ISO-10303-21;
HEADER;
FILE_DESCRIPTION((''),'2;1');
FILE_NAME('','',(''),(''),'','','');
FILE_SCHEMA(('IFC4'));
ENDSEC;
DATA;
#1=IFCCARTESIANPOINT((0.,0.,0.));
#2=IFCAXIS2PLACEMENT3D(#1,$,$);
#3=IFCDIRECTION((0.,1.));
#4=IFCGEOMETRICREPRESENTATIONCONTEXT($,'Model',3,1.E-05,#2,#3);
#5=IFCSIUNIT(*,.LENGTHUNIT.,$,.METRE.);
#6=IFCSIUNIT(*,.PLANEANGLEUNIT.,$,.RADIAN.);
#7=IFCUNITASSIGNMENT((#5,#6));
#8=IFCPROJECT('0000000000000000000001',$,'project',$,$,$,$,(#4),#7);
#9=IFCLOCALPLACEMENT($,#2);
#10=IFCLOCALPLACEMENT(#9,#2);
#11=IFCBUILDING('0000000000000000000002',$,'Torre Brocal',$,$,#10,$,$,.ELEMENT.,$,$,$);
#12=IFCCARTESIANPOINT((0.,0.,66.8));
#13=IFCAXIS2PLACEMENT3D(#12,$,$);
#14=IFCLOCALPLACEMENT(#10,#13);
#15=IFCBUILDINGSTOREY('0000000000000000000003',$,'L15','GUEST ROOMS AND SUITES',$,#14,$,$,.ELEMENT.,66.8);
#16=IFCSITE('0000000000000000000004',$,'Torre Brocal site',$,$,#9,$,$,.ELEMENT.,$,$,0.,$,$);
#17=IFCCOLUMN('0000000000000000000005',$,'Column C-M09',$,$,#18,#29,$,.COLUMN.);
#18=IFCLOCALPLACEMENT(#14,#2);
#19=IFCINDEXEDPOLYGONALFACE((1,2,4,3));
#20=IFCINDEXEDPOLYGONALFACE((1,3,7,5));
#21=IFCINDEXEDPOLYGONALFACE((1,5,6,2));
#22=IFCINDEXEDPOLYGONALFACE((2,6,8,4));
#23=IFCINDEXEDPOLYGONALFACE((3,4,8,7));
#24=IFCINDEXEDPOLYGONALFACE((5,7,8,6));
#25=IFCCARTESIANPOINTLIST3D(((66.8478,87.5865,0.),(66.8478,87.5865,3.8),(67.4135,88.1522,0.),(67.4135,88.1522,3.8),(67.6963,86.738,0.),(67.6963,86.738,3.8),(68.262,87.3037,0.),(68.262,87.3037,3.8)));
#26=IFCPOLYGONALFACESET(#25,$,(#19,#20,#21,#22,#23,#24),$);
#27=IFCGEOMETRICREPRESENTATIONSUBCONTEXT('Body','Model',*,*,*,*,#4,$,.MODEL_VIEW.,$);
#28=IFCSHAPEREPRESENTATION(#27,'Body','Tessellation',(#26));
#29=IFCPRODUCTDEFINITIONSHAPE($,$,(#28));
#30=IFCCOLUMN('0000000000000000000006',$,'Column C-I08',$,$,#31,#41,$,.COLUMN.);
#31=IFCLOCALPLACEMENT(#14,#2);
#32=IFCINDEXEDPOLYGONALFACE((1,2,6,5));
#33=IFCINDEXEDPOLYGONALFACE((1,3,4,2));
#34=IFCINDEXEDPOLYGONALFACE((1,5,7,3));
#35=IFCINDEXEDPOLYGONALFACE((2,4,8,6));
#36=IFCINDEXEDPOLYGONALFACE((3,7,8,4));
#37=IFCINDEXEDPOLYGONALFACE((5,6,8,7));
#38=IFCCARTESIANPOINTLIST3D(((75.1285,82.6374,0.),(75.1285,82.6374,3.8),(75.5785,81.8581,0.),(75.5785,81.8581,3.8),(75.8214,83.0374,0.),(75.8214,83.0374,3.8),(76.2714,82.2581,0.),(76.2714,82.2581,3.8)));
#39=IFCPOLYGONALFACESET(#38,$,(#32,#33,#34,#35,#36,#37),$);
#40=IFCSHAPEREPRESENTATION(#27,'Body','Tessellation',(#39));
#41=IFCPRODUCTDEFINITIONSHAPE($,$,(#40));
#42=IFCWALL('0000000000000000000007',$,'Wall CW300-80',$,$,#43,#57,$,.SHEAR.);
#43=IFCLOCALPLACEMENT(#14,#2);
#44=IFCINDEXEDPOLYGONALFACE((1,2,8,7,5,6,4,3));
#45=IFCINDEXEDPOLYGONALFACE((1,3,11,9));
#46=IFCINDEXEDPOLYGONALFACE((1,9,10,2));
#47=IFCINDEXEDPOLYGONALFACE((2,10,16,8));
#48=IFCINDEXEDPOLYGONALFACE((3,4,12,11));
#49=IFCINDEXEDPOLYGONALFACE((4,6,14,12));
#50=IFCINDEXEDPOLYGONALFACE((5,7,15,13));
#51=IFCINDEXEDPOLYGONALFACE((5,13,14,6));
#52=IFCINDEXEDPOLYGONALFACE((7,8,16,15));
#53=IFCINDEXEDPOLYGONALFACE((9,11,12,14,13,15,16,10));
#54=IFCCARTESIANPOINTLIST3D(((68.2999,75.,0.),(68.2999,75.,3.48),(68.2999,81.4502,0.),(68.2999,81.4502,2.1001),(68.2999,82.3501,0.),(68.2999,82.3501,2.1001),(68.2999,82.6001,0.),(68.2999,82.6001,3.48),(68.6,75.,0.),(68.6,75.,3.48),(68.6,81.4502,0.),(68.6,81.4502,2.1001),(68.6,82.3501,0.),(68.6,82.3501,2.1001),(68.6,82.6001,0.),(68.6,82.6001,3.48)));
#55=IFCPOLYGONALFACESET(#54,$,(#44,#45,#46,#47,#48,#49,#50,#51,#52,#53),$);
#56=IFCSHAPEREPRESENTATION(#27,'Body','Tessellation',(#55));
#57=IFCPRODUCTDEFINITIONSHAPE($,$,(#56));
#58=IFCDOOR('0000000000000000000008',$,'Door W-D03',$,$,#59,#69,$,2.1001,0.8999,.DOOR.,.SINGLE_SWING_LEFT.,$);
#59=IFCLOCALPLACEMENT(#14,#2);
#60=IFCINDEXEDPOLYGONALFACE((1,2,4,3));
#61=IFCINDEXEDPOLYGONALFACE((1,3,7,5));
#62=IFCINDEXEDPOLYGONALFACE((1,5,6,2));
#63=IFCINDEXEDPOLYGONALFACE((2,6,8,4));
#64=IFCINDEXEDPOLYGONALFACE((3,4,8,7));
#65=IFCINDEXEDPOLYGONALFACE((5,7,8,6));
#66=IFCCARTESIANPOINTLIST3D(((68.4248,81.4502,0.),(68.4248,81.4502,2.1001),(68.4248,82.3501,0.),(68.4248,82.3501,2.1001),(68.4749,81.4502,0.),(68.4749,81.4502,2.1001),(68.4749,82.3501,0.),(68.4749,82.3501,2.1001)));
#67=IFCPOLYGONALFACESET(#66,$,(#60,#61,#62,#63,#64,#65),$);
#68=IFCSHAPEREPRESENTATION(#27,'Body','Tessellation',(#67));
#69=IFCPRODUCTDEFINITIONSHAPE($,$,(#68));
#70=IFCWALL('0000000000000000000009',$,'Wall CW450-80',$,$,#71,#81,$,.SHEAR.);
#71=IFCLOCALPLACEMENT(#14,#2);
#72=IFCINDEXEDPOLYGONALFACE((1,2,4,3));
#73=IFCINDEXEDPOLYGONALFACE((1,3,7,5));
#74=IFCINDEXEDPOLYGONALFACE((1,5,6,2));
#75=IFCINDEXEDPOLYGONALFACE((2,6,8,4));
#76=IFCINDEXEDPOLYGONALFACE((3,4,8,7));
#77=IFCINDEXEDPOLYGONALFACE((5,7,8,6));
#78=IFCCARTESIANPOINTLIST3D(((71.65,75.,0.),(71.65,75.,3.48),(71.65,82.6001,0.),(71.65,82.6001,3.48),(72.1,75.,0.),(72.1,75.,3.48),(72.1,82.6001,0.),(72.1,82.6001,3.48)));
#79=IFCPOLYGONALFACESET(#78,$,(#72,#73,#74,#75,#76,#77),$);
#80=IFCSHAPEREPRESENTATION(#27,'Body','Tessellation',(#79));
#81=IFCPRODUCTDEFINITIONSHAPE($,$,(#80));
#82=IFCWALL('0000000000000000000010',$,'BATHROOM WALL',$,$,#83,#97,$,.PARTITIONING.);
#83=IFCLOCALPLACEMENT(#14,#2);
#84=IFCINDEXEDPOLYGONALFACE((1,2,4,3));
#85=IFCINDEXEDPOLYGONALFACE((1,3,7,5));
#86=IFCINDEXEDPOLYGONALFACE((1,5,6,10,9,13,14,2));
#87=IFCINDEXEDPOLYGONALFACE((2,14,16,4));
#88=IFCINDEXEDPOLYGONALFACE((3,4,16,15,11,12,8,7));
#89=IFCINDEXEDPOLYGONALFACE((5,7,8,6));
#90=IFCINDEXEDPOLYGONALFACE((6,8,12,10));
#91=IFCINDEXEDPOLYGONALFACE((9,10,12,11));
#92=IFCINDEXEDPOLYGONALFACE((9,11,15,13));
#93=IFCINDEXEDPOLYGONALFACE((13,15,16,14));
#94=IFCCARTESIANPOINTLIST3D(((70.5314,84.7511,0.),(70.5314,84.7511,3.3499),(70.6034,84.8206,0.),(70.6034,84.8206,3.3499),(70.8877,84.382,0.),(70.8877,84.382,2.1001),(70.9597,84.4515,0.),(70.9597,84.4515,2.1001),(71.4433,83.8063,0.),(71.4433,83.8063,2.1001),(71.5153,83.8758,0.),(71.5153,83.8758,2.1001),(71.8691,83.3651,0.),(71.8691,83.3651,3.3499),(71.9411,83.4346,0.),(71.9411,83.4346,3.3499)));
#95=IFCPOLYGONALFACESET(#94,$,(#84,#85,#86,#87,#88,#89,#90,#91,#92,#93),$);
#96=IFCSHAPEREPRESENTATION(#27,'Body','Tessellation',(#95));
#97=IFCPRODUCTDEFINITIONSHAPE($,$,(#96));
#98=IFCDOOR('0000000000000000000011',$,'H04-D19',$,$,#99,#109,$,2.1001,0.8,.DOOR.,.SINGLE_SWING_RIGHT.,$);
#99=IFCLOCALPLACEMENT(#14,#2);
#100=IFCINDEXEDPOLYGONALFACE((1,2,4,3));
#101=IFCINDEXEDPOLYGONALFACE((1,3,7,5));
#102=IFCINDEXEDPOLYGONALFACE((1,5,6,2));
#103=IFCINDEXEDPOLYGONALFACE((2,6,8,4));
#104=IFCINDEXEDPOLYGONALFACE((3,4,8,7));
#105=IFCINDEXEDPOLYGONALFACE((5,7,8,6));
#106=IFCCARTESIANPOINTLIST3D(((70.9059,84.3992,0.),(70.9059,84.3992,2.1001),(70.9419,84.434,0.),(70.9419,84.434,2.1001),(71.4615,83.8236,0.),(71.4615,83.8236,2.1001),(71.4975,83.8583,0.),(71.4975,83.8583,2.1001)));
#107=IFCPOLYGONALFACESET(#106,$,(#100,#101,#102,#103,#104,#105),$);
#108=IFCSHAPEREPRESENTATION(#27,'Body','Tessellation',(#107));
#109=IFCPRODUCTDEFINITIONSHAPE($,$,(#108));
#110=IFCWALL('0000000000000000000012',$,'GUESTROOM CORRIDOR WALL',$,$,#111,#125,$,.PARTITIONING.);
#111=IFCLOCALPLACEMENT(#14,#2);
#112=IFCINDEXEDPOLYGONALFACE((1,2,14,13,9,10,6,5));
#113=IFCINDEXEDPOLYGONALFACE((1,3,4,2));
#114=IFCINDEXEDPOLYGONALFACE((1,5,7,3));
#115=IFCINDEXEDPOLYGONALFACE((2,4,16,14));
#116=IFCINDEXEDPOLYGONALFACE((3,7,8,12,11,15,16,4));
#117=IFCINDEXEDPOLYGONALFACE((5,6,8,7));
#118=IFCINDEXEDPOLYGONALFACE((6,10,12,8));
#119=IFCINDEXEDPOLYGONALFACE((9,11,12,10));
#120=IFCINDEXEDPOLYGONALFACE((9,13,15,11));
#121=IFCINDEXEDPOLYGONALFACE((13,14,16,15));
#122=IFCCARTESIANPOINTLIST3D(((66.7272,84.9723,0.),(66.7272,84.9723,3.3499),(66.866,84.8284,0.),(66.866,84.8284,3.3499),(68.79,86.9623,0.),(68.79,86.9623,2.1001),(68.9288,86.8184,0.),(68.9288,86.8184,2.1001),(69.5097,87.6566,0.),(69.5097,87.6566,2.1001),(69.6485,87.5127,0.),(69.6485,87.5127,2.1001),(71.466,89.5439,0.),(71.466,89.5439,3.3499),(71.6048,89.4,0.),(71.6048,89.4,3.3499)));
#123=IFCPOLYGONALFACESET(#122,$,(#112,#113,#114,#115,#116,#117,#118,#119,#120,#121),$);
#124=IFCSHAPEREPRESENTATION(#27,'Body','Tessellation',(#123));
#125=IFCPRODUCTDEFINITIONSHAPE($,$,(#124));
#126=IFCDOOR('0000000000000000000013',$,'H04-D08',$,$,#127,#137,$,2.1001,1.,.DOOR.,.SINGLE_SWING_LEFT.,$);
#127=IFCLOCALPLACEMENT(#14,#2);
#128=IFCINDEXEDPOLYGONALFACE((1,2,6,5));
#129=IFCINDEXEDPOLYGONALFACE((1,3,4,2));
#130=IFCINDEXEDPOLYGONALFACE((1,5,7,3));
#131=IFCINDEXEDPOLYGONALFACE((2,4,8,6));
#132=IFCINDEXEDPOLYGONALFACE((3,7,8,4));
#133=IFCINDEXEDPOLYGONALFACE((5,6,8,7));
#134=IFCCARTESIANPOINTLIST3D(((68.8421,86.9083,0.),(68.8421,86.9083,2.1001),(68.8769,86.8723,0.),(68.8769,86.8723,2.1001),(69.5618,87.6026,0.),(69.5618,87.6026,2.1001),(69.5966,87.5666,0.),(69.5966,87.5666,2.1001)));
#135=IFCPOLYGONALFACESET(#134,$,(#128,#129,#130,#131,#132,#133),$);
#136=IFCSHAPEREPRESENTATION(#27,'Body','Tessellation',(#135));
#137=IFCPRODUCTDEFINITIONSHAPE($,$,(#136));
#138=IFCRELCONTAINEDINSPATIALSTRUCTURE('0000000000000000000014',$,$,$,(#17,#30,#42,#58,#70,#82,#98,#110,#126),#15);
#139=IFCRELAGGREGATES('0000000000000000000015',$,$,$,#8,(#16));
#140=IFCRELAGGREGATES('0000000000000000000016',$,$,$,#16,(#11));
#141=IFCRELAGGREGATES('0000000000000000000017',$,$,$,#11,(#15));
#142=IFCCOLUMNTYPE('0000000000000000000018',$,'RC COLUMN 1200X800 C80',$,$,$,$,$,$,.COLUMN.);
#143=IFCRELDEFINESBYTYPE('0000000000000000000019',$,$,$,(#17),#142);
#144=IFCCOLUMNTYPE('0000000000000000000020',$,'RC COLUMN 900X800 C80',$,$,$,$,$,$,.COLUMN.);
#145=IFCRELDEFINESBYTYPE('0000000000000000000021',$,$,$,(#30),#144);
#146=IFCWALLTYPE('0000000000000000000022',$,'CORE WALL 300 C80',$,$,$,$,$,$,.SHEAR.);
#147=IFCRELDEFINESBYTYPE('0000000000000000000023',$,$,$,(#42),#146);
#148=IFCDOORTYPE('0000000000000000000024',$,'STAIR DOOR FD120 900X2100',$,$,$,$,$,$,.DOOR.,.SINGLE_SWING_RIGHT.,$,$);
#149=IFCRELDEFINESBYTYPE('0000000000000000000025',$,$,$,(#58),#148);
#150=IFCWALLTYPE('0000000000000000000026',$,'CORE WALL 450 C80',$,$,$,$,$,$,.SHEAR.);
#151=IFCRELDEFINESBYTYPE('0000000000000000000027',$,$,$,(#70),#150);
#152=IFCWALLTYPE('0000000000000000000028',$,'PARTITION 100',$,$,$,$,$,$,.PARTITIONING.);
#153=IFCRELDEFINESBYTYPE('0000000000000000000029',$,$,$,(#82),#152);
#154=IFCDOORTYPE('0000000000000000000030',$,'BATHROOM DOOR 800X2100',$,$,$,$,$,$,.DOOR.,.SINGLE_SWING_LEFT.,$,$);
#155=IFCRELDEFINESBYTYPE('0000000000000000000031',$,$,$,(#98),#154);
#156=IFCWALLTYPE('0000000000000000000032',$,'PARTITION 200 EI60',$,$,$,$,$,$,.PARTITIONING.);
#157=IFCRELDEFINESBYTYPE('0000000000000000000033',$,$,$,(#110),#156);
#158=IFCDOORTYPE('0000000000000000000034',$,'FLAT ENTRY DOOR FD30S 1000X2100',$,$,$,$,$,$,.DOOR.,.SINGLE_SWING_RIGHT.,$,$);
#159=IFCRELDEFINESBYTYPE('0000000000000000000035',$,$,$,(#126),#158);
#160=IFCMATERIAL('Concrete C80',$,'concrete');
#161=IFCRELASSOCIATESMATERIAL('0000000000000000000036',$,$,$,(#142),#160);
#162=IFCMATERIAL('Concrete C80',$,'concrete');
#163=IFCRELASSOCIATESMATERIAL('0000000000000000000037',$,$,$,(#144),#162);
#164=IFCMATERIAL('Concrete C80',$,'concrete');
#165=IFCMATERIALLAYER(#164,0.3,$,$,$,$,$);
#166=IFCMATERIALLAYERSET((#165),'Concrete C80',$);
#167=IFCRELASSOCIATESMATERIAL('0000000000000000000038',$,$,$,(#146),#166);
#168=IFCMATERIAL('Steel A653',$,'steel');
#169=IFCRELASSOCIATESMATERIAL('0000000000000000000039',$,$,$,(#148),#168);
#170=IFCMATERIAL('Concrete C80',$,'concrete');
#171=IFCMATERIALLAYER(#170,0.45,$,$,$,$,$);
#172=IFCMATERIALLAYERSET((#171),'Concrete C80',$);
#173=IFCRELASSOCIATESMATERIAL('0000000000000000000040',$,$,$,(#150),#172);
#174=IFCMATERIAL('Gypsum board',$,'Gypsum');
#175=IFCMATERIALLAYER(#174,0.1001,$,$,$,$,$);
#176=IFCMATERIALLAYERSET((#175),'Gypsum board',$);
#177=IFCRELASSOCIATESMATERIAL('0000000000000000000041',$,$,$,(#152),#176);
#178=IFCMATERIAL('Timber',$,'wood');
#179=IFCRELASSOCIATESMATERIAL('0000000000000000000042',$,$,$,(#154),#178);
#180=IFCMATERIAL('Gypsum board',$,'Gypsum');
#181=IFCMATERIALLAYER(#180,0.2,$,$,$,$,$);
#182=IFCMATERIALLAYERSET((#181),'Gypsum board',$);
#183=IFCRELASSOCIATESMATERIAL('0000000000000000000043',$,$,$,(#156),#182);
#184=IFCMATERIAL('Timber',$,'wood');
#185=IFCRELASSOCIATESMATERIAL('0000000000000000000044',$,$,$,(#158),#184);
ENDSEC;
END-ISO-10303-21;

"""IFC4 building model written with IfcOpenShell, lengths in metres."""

from ifc_helpers import new_model, si_unit, direction, frame, frame_2d, origin, origin_2d, place, context, subcontext, project, spatial, rectangle, extrude, material, layer, layer_set, material_profile, profile_set, type_object, element, fill, save


model = new_model("IFC4")

# Units and contexts
model_context = context("Model", 3, precision=1e-05, world=origin(), true_north=direction((0.0, 1.0)))
body_context = subcontext(model_context, "Body", "Model", "MODEL_VIEW")
ifc_project = project(units=[si_unit("LENGTHUNIT", "METRE"), si_unit("PLANEANGLEUNIT", "RADIAN")], contexts=[model_context])

# Site, building, storey
site_placement = place(None, origin())
site = spatial("IfcSite", under=ifc_project, at=site_placement, Name="Torre Brocal site", CompositionType="ELEMENT", RefElevation=0.0)
building_placement = place(site_placement, origin())
building = spatial("IfcBuilding", under=site, at=building_placement, Name="Torre Brocal", CompositionType="ELEMENT")
storey_placement = place(building_placement, frame((0.0, 0.0, 66.8)))
storey = spatial("IfcBuildingStorey", under=building, at=storey_placement, Name="L15", Description="GUEST ROOMS AND SUITES", CompositionType="ELEMENT", Elevation=66.8)

# Columns
ifc_material_1 = material(Name="Concrete C80", Category="concrete")
ifc_material_profile_1 = material_profile(ifc_material_1, rectangle(XDim=1.2, YDim=0.8, at=origin_2d()), Name="RC 1200X800")
ifc_profile_set_1 = profile_set([ifc_material_profile_1], Name="Concrete C80")
column_type_1 = type_object("IfcColumnType", Name="RC COLUMN 1200X800 C80", PredefinedType="COLUMN", material=ifc_profile_set_1)
column_1_placement = place(storey_placement, frame((67.5549, 87.4451, 0.0), z_axis=(0.0, 0.0, 1.0), x_axis=(-0.707107, 0.707107, 0.0)))
element("IfcColumn", 1, at=column_1_placement, inside=storey, type_object=column_type_1, Name="Column C-M09", PredefinedType="COLUMN", context=body_context, shape_type="SweptSolid", body=[
    extrude(rectangle(XDim=1.2, YDim=0.8, at=origin_2d()), origin(), (0.0, 0.0, 1.0), 3.8),
])
ifc_material_2 = material(Name="Concrete C80", Category="concrete")
ifc_material_profile_2 = material_profile(ifc_material_2, rectangle(XDim=0.8999, YDim=0.8, at=origin_2d()), Name="RC 900X800")
ifc_profile_set_2 = profile_set([ifc_material_profile_2], Name="Concrete C80")
column_type_2 = type_object("IfcColumnType", Name="RC COLUMN 900X800 C80", PredefinedType="COLUMN", material=ifc_profile_set_2)
column_2_placement = place(storey_placement, frame((75.7, 82.4478, 0.0), z_axis=(0.0, 0.0, 1.0), x_axis=(-0.5, 0.866025, 0.0)))
element("IfcColumn", 2, at=column_2_placement, inside=storey, type_object=column_type_2, Name="Column C-I08", PredefinedType="COLUMN", context=body_context, shape_type="SweptSolid", body=[
    extrude(rectangle(XDim=0.8999, YDim=0.8, at=origin_2d()), origin(), (0.0, 0.0, 1.0), 3.8),
])

# Wall, opening, door
ifc_material_3 = material(Name="Concrete C80", Category="concrete")
ifc_layer_1 = layer(ifc_material_3, 0.3)
ifc_layer_set_1 = layer_set([ifc_layer_1], Name="Concrete C80")
wall_type_1 = type_object("IfcWallType", Name="CORE WALL 300 C80", PredefinedType="SHEAR", material=ifc_layer_set_1)
wall_1_placement = place(storey_placement, frame((68.45, 82.6001, 0.0), z_axis=(0.0, 0.0, 1.0), x_axis=(0.0, -1.0, 0.0)))
wall_1 = element("IfcWall", 3, at=wall_1_placement, inside=storey, type_object=wall_type_1, Name="Wall CW300-80", PredefinedType="SHEAR", context=body_context, shape_type="SweptSolid", body=[
    extrude(rectangle(XDim=7.6001, YDim=0.3, at=frame_2d((3.8, 0.0))), origin(), (0.0, 0.0, 1.0), 3.48),
])
opening_1_placement = place(wall_1_placement, frame((0.25, 0.0, 0.0)))
opening_1 = element("IfcOpeningElement", 4, at=opening_1_placement, cuts=wall_1, PredefinedType="OPENING", context=body_context, shape_type="SweptSolid", body=[
    extrude(rectangle(XDim=0.8999, YDim=2.1001, at=frame_2d((0.45, 1.05))), frame((0.0, 0.1599, 0.0), z_axis=(0.0, -1.0, 0.0), x_axis=(1.0, 0.0, 0.0)), (0.0, 0.0, 1.0), 0.3201),
])
ifc_material_4 = material(Name="Steel A653", Category="steel")
door_type_1 = type_object("IfcDoorType", Name="STAIR DOOR FD120 900X2100", OperationType="SINGLE_SWING_RIGHT", PredefinedType="DOOR", material=ifc_material_4)
door_1_placement = place(opening_1_placement, origin())
door_1 = element("IfcDoor", 5, at=door_1_placement, inside=storey, type_object=door_type_1, Name="Door W-D03", OperationType="SINGLE_SWING_LEFT", OverallHeight=2.1001, OverallWidth=0.8999, PredefinedType="DOOR", context=body_context, shape_type="SweptSolid", body=[
    extrude(rectangle(XDim=0.8999, YDim=2.1001, at=frame_2d((0.45, 1.05))), frame((0.0, 0.0249, 0.0), z_axis=(0.0, -1.0, 0.0), x_axis=(1.0, 0.0, 0.0)), (0.0, 0.0, 1.0), 0.05),
])
fill(opening_1, door_1)

# Wall
ifc_material_5 = material(Name="Concrete C80", Category="concrete")
ifc_layer_2 = layer(ifc_material_5, 0.45)
ifc_layer_set_2 = layer_set([ifc_layer_2], Name="Concrete C80")
wall_type_2 = type_object("IfcWallType", Name="CORE WALL 450 C80", PredefinedType="SHEAR", material=ifc_layer_set_2)
wall_2_placement = place(storey_placement, frame((71.875, 82.6001, 0.0), z_axis=(0.0, 0.0, 1.0), x_axis=(0.0, -1.0, 0.0)))
element("IfcWall", 6, at=wall_2_placement, inside=storey, type_object=wall_type_2, Name="Wall CW450-80", PredefinedType="SHEAR", context=body_context, shape_type="SweptSolid", body=[
    extrude(rectangle(XDim=7.6001, YDim=0.45, at=frame_2d((3.8, 0.0))), origin(), (0.0, 0.0, 1.0), 3.48),
])

# Walls, openings, doors
ifc_material_6 = material(Name="Gypsum board", Category="Gypsum")
ifc_layer_3 = layer(ifc_material_6, 0.1001)
ifc_layer_set_3 = layer_set([ifc_layer_3], Name="Gypsum board")
wall_type_3 = type_object("IfcWallType", Name="PARTITION 100", PredefinedType="PARTITIONING", material=ifc_layer_set_3)
wall_3_placement = place(storey_placement, frame((70.5674, 84.7859, 0.0), z_axis=(0.0, 0.0, 1.0), x_axis=(0.694447, -0.719543, 0.0)))
wall_3 = element("IfcWall", 7, at=wall_3_placement, inside=storey, type_object=wall_type_3, Name="BATHROOM WALL", PredefinedType="PARTITIONING", context=body_context, shape_type="SweptSolid", body=[
    extrude(rectangle(XDim=1.9263, YDim=0.1001, at=frame_2d((0.9631, 0.0))), origin(), (0.0, 0.0, 1.0), 3.3499),
])
opening_2_placement = place(wall_3_placement, frame((0.5132, 0.0, 0.0)))
opening_2 = element("IfcOpeningElement", 8, at=opening_2_placement, cuts=wall_3, PredefinedType="OPENING", context=body_context, shape_type="SweptSolid", body=[
    extrude(rectangle(XDim=0.8, YDim=2.1001, at=frame_2d((0.3999, 1.05))), frame((0.0, 0.0601, 0.0), z_axis=(0.0, -1.0, 0.0), x_axis=(1.0, 0.0, 0.0)), (0.0, 0.0, 1.0), 0.1201),
])
ifc_material_7 = material(Name="Timber", Category="wood")
door_type_2 = type_object("IfcDoorType", Name="BATHROOM DOOR 800X2100", OperationType="SINGLE_SWING_LEFT", PredefinedType="DOOR", material=ifc_material_7)
door_2_placement = place(opening_2_placement, frame((0.8, 0.0, 0.0), z_axis=(0.0, 0.0, 1.0), x_axis=(-1.0, 0.0, 0.0)))
door_2 = element("IfcDoor", 9, at=door_2_placement, inside=storey, type_object=door_type_2, Name="H04-D19", OperationType="SINGLE_SWING_RIGHT", OverallHeight=2.1001, OverallWidth=0.8, PredefinedType="DOOR", context=body_context, shape_type="SweptSolid", body=[
    extrude(rectangle(XDim=0.8, YDim=2.1001, at=frame_2d((0.3999, 1.05))), frame((0.0, 0.0249, 0.0), z_axis=(0.0, -1.0, 0.0), x_axis=(1.0, 0.0, 0.0)), (0.0, 0.0, 1.0), 0.05),
])
fill(opening_2, door_2)
ifc_material_8 = material(Name="Gypsum board", Category="Gypsum")
ifc_layer_4 = layer(ifc_material_8, 0.2)
ifc_layer_set_4 = layer_set([ifc_layer_4], Name="Gypsum board")
wall_type_4 = type_object("IfcWallType", Name="PARTITION 200 EI60", PredefinedType="PARTITIONING", material=ifc_layer_set_4)
wall_4_placement = place(storey_placement, frame((66.7966, 84.9004, 0.0), z_axis=(0.0, 0.0, 1.0), x_axis=(0.719692, 0.694293, 0.0)))
wall_4 = element("IfcWall", 10, at=wall_4_placement, inside=storey, type_object=wall_type_4, Name="GUESTROOM CORRIDOR WALL", PredefinedType="PARTITIONING", context=body_context, shape_type="SweptSolid", body=[
    extrude(rectangle(XDim=6.5845, YDim=0.2, at=frame_2d((3.2922, 0.0))), origin(), (0.0, 0.0, 1.0), 3.3499),
])
opening_3_placement = place(wall_4_placement, frame((2.8662, 0.0, 0.0)))
opening_3 = element("IfcOpeningElement", 11, at=opening_3_placement, cuts=wall_4, PredefinedType="OPENING", context=body_context, shape_type="SweptSolid", body=[
    extrude(rectangle(XDim=1.0, YDim=2.1001, at=frame_2d((0.5, 1.05))), frame((0.0, 0.1099, 0.0), z_axis=(0.0, -1.0, 0.0), x_axis=(1.0, 0.0, 0.0)), (0.0, 0.0, 1.0), 0.22),
])
ifc_material_9 = material(Name="Timber", Category="wood")
door_type_3 = type_object("IfcDoorType", Name="FLAT ENTRY DOOR FD30S 1000X2100", OperationType="SINGLE_SWING_RIGHT", PredefinedType="DOOR", material=ifc_material_9)
door_3_placement = place(opening_3_placement, origin())
door_3 = element("IfcDoor", 12, at=door_3_placement, inside=storey, type_object=door_type_3, Name="H04-D08", OperationType="SINGLE_SWING_LEFT", OverallHeight=2.1001, OverallWidth=1.0, PredefinedType="DOOR", context=body_context, shape_type="SweptSolid", body=[
    extrude(rectangle(XDim=1.0, YDim=2.1001, at=frame_2d((0.5, 1.05))), frame((0.0, 0.0249, 0.0), z_axis=(0.0, -1.0, 0.0), x_axis=(1.0, 0.0, 0.0)), (0.0, 0.0, 1.0), 0.05),
])
fill(opening_3, door_3)

save(model, "model.ifc")
